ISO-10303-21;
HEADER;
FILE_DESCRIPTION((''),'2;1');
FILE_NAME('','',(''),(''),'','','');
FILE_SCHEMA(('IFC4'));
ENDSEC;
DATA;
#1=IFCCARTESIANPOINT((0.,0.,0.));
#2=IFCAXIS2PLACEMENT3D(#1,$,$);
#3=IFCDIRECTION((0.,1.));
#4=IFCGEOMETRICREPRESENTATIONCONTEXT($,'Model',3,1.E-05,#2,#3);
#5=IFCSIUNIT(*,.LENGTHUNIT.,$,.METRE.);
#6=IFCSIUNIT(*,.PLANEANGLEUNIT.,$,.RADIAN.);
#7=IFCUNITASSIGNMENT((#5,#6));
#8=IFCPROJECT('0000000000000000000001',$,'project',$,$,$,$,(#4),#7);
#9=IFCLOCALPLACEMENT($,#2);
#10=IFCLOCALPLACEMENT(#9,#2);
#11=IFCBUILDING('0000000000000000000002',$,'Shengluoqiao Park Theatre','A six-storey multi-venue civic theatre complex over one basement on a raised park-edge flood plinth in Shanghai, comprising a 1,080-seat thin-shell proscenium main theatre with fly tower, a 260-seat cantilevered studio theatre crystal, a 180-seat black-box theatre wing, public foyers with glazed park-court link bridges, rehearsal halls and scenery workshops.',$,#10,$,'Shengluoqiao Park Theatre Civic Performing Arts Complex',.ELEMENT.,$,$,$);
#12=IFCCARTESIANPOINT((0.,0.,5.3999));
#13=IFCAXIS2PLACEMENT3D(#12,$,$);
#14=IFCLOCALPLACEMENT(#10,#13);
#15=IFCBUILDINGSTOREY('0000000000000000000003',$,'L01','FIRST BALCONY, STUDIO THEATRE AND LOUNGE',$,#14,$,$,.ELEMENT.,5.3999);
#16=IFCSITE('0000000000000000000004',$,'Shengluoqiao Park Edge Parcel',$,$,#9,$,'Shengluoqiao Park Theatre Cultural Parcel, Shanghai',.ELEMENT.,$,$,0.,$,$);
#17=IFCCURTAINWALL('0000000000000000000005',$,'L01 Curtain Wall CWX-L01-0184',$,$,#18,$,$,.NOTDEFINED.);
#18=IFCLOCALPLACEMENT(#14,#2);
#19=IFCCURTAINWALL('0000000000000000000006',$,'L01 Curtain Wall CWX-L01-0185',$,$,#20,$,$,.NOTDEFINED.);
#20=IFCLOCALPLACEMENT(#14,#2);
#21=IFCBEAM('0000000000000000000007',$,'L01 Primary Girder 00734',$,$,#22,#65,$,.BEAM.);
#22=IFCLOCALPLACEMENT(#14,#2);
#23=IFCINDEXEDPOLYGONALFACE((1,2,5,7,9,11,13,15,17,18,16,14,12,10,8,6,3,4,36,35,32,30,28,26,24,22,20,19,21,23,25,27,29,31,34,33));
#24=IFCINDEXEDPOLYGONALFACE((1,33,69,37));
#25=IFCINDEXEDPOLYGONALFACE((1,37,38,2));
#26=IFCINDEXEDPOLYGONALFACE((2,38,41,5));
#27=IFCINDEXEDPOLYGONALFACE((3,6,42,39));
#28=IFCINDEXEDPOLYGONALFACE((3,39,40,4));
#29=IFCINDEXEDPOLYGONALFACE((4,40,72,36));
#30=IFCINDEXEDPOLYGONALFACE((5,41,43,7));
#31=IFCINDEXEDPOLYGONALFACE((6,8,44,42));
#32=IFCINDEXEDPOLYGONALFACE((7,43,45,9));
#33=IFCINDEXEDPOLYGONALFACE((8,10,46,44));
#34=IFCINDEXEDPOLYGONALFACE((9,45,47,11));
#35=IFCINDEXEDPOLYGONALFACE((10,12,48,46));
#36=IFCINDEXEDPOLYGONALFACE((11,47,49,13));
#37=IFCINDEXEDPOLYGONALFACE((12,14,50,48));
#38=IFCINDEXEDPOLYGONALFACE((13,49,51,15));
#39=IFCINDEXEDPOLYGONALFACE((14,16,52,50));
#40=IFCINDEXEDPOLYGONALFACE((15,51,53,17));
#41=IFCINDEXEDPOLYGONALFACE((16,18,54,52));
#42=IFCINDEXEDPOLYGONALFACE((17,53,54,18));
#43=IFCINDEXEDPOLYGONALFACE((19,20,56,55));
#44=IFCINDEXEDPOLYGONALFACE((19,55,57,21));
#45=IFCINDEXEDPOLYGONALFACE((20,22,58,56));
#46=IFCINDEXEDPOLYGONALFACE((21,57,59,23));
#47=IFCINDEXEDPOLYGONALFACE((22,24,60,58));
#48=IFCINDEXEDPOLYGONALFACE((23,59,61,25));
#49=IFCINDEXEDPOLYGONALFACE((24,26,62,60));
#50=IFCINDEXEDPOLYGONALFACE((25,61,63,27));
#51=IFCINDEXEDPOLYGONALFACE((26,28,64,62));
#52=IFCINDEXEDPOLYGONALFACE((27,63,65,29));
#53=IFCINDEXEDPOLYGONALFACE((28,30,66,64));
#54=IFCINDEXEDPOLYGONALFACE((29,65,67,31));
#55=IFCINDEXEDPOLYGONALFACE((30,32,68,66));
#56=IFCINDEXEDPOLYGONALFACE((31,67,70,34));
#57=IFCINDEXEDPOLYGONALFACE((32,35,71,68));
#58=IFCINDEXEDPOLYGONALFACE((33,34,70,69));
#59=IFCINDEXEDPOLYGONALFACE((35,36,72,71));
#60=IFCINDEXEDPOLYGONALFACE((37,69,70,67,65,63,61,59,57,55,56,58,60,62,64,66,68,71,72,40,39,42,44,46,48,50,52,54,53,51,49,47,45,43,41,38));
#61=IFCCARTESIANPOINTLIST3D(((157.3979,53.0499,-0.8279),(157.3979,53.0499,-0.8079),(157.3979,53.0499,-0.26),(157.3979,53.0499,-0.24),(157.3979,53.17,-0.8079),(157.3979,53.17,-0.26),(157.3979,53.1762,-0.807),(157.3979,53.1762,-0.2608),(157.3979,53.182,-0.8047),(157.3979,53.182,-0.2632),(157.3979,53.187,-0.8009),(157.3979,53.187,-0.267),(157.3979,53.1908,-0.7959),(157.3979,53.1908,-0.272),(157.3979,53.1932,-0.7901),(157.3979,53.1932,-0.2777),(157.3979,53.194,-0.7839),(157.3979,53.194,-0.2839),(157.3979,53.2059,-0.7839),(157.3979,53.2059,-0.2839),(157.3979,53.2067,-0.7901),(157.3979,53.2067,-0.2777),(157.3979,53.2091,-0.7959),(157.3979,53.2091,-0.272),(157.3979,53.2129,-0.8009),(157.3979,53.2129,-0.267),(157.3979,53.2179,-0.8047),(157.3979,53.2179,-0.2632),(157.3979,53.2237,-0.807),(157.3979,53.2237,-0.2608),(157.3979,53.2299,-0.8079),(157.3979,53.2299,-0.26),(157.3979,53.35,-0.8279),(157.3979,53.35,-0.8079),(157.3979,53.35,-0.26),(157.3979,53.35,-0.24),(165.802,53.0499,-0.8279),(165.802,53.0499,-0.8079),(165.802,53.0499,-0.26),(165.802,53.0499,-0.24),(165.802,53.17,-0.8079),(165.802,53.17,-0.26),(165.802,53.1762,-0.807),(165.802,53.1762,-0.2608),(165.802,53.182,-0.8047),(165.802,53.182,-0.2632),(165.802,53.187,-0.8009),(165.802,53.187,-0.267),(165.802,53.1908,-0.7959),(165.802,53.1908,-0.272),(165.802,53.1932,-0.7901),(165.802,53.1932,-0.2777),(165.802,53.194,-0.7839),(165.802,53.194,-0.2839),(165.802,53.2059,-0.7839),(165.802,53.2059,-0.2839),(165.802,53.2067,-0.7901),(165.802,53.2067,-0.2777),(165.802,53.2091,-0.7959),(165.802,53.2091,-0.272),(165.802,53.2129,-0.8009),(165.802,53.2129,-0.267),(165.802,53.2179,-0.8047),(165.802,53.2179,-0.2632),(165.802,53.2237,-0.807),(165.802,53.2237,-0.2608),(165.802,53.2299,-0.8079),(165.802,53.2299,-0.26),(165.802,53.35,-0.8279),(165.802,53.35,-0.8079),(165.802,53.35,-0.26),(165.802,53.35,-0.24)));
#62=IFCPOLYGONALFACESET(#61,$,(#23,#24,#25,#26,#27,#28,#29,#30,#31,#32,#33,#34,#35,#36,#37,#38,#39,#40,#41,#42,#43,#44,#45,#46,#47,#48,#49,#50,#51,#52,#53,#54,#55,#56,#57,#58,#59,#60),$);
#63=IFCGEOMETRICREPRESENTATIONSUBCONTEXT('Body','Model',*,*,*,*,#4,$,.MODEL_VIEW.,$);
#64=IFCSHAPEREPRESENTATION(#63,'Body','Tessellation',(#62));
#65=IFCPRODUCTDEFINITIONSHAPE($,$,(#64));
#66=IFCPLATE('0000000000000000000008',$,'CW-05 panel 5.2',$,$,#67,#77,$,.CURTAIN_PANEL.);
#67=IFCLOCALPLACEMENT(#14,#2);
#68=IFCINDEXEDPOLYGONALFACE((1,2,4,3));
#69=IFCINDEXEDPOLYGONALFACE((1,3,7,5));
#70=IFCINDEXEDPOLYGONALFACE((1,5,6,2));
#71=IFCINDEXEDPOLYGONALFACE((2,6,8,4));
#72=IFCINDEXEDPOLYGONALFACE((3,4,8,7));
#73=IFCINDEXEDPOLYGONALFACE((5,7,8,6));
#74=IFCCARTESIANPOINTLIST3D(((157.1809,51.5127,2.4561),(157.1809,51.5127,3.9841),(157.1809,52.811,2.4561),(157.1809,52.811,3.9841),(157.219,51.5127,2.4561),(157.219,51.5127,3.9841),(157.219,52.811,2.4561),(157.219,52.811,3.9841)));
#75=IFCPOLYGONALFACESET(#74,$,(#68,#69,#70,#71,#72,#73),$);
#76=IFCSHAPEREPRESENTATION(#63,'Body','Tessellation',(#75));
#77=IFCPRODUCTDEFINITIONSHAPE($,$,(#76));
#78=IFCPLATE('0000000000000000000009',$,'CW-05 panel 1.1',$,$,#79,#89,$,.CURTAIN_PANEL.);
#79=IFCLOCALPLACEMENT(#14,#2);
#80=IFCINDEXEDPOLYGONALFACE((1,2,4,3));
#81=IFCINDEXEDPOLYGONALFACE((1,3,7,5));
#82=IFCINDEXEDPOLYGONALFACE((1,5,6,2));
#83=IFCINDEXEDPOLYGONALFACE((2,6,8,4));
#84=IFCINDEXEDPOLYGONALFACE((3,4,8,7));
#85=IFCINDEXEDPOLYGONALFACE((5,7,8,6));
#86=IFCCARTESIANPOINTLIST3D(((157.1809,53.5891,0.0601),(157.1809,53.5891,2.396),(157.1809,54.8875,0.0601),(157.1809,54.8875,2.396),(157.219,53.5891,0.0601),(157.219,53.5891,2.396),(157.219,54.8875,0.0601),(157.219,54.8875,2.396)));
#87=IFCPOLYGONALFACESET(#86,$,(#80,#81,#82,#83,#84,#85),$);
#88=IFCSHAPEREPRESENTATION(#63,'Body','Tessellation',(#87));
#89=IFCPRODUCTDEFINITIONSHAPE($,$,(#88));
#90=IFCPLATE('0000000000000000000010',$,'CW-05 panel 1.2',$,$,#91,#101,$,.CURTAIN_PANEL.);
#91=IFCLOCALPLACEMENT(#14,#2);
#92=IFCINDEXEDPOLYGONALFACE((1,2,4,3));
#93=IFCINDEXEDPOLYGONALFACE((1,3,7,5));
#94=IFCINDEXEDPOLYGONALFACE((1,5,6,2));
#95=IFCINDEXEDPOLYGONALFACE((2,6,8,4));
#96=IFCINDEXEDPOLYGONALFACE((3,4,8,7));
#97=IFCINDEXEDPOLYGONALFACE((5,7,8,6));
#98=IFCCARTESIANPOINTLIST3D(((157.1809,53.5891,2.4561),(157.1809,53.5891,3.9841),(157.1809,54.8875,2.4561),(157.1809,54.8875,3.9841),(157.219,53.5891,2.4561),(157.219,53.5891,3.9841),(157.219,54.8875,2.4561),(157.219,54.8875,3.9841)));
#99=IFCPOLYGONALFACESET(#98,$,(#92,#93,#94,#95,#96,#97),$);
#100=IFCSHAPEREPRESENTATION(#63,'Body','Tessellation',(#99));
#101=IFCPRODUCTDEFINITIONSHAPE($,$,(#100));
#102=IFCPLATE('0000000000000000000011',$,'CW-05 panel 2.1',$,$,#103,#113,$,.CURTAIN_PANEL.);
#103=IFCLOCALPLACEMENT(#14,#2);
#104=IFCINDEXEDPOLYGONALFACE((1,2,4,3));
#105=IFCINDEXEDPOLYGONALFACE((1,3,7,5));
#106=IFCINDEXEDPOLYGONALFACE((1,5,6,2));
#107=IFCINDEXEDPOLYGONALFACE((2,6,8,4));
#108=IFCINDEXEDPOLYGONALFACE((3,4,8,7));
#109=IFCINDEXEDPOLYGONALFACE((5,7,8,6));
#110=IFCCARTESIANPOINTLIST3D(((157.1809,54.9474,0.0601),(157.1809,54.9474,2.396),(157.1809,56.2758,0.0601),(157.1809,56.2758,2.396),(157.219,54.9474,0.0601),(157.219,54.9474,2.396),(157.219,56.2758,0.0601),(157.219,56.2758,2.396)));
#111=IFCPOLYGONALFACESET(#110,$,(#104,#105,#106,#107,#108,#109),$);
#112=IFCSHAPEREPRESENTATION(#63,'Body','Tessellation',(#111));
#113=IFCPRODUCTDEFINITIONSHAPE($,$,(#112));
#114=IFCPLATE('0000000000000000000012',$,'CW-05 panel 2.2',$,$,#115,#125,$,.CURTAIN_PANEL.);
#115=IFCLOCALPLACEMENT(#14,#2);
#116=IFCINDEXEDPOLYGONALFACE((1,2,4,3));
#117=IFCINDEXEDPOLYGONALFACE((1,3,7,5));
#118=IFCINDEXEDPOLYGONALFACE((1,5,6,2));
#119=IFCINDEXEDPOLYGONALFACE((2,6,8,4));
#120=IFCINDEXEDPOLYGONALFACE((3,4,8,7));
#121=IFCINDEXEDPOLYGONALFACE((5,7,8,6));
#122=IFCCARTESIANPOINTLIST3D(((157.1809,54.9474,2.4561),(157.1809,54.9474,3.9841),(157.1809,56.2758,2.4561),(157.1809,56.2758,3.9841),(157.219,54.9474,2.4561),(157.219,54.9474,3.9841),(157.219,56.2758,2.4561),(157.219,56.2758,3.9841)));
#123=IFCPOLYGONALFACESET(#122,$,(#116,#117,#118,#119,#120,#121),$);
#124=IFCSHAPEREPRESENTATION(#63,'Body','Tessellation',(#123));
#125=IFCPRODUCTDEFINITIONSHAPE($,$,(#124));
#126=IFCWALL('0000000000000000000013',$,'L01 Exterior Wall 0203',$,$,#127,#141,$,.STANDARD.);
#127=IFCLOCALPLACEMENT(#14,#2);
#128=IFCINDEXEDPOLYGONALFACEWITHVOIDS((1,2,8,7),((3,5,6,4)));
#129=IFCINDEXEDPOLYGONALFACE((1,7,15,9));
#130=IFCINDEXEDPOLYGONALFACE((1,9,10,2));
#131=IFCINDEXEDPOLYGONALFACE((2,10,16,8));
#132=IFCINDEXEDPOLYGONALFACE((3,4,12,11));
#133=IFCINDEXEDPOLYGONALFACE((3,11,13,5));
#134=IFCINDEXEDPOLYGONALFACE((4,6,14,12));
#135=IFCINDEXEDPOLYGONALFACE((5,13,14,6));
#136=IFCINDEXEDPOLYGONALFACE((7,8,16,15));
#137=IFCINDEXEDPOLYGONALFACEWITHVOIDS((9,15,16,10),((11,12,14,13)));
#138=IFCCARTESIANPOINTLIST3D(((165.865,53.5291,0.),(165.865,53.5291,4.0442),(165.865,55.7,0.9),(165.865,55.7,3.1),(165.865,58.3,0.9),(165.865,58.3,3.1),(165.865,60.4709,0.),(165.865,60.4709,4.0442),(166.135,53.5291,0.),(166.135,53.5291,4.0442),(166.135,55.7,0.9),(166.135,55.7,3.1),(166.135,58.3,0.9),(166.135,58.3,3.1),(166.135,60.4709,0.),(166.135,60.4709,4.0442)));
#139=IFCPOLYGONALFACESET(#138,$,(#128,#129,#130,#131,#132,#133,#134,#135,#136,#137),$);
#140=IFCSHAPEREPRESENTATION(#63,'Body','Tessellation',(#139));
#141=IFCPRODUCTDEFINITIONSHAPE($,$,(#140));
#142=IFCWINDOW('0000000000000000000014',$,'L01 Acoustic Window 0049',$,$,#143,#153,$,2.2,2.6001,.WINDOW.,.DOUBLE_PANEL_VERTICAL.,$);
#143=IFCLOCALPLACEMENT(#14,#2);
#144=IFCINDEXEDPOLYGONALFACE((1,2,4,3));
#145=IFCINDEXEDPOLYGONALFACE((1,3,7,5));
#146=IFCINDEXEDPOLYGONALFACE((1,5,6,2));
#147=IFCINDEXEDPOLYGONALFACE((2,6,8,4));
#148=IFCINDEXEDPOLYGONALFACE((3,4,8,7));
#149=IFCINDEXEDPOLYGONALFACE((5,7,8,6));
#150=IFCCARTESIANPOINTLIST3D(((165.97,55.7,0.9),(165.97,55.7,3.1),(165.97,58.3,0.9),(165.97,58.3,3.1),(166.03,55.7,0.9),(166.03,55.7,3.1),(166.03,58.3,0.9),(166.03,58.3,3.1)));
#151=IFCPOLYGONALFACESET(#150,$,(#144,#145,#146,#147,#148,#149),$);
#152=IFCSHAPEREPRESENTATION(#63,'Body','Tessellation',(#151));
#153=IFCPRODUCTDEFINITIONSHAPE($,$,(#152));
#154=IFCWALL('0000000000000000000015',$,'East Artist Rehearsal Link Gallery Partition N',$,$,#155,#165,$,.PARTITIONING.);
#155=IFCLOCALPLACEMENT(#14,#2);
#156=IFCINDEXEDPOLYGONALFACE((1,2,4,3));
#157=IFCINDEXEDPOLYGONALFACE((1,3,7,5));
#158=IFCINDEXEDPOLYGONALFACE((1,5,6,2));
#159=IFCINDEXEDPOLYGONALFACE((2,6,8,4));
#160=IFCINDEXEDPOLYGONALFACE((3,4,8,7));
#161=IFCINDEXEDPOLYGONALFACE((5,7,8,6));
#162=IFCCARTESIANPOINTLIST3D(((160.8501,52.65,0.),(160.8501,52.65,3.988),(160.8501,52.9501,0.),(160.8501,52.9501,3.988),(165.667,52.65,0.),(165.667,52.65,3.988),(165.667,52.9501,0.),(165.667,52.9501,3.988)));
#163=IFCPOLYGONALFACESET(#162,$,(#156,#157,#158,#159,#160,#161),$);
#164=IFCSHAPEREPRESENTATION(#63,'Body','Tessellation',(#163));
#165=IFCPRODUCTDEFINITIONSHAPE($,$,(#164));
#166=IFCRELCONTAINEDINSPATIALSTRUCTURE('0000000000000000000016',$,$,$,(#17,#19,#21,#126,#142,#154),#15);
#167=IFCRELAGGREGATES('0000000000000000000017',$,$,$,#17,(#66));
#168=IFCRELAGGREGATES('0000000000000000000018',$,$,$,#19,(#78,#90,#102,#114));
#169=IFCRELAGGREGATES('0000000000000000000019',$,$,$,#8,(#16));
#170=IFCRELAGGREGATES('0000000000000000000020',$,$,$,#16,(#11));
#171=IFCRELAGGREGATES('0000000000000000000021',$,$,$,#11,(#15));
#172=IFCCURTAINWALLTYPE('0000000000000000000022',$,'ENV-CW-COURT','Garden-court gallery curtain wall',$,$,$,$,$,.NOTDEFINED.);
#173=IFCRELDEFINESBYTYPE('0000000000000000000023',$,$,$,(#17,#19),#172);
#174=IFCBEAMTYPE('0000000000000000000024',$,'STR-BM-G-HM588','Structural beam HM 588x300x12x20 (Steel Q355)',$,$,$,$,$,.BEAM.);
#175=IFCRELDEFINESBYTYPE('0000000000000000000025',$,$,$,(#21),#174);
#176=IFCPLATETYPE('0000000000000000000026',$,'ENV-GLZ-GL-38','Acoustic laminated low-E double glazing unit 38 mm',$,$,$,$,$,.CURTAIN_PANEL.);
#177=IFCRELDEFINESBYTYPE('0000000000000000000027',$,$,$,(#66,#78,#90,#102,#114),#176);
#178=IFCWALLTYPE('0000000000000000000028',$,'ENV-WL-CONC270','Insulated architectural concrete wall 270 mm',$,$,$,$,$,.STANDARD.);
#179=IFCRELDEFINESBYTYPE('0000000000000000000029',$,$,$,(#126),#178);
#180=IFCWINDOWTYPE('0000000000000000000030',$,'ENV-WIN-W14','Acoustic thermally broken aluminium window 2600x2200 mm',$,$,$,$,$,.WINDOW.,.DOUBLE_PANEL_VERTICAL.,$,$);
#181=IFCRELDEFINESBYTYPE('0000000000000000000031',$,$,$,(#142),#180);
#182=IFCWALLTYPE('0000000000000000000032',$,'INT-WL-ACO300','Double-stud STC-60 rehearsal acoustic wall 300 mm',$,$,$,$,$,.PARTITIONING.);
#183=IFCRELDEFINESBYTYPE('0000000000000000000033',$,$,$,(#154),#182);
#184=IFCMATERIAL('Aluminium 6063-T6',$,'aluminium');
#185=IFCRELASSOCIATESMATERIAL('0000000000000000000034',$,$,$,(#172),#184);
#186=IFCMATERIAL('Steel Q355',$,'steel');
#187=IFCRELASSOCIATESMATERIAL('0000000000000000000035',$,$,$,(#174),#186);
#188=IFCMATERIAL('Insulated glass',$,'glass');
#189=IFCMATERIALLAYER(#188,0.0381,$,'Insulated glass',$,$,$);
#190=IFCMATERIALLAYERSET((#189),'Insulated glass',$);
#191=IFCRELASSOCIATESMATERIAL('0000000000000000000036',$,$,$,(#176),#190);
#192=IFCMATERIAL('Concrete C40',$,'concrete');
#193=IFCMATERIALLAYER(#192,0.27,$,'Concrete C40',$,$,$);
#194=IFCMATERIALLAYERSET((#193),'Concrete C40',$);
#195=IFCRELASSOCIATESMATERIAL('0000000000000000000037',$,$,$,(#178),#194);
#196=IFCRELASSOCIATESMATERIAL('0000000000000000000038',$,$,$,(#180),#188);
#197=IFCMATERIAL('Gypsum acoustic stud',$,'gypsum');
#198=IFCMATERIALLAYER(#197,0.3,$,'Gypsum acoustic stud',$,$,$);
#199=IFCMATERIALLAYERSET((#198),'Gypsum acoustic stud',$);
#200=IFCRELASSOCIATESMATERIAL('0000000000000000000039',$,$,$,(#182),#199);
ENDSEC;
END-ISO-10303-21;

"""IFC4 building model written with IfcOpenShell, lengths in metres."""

from ifc_helpers import new_model, si_unit, direction, frame, frame_2d, origin, origin_2d, place, context, subcontext, project, spatial, rectangle, i_section, extrude, material, layer, layer_set, material_profile, profile_set, type_object, element, fill, aggregate, save


model = new_model("IFC4")

# Units and contexts
model_context = context("Model", 3, precision=1e-05, world=origin(), true_north=direction((0.0, 1.0)))
body_context = subcontext(model_context, "Body", "Model", "MODEL_VIEW")
ifc_project = project(units=[si_unit("LENGTHUNIT", "METRE"), si_unit("PLANEANGLEUNIT", "RADIAN")], contexts=[model_context])

# Site, building, storey
site_placement = place(None, origin())
site = spatial("IfcSite", under=ifc_project, at=site_placement, Name="Shengluoqiao Park Edge Parcel", LongName="Shengluoqiao Park Theatre Cultural Parcel, Shanghai", CompositionType="ELEMENT", RefElevation=0.0)
building_placement = place(site_placement, origin())
building = spatial("IfcBuilding", under=site, at=building_placement, Name="Shengluoqiao Park Theatre", Description="A six-storey multi-venue civic theatre complex over one basement on a raised park-edge flood plinth in Shanghai, comprising a 1,080-seat thin-shell proscenium main theatre with fly tower, a 260-seat cantilevered studio theatre crystal, a 180-seat black-box theatre wing, public foyers with glazed park-court link bridges, rehearsal halls and scenery workshops.", LongName="Shengluoqiao Park Theatre Civic Performing Arts Complex", CompositionType="ELEMENT")
storey_placement = place(building_placement, frame((0.0, 0.0, 5.3999)))
storey = spatial("IfcBuildingStorey", under=building, at=storey_placement, Name="L01", Description="FIRST BALCONY, STUDIO THEATRE AND LOUNGE", CompositionType="ELEMENT", Elevation=5.3999)

# Shared definitions
ifc_material_1 = material(Name="Concrete C40", Category="concrete")

# Curtain wall
ifc_material_2 = material(Name="Aluminium 6063-T6", Category="aluminium")
curtain_wall_type = type_object("IfcCurtainWallType", Name="ENV-CW-COURT", Description="Garden-court gallery curtain wall", PredefinedType="NOTDEFINED", material=ifc_material_2)
curtain_wall_1_placement = place(storey_placement, origin())
curtain_wall_1 = element("IfcCurtainWall", 1, at=curtain_wall_1_placement, inside=storey, type_object=curtain_wall_type, Name="L01 Curtain Wall CWX-L01-0184", PredefinedType="NOTDEFINED")

# Curtain wall
curtain_wall_2_placement = place(storey_placement, origin())
curtain_wall_2 = element("IfcCurtainWall", 2, at=curtain_wall_2_placement, inside=storey, type_object=curtain_wall_type, Name="L01 Curtain Wall CWX-L01-0185", PredefinedType="NOTDEFINED")

# Beam
ifc_material_3 = material(Name="Steel Q355", Category="steel")
ifc_material_profile_1 = material_profile(ifc_material_3, i_section(OverallWidth=0.3, OverallDepth=0.5879, WebThickness=0.012, FlangeThickness=0.02, FilletRadius=0.0239, at=origin_2d()), Name="HM 588x300x12x20")
ifc_profile_set_1 = profile_set([ifc_material_profile_1], Name="Steel Q355")
beam_type_1 = type_object("IfcBeamType", Name="STR-BM-G-HM588", Description="Structural beam HM 588x300x12x20 (Steel Q355)", PredefinedType="BEAM", material=ifc_profile_set_1)
beam_1_placement = place(storey_placement, frame((157.3979, 53.2, -0.5339), z_axis=(1.0, 0.0, 0.0), x_axis=(0.0, 1.0, 0.0)))
element("IfcBeam", 3, at=beam_1_placement, inside=storey, type_object=beam_type_1, Name="L01 Primary Girder 00734", PredefinedType="BEAM", context=body_context, shape_type="SweptSolid", body=[
    extrude(i_section(OverallWidth=0.3, OverallDepth=0.5879, WebThickness=0.012, FlangeThickness=0.02, FilletRadius=0.0239, at=origin_2d()), origin(), (0.0, 0.0, 1.0), 8.4041),
])

# Plates
ifc_material_4 = material(Name="Insulated glass", Category="glass")
ifc_layer_1 = layer(ifc_material_4, 0.0381, Name="Insulated glass")
ifc_layer_set_1 = layer_set([ifc_layer_1], Name="Insulated glass")
plate_type = type_object("IfcPlateType", Name="ENV-GLZ-GL-38", Description="Acoustic laminated low-E double glazing unit 38 mm", PredefinedType="CURTAIN_PANEL", material=ifc_layer_set_1)
plate_1_placement = place(storey_placement, frame((157.2, 52.1619, 2.4561), z_axis=(0.0, 0.0, 1.0), x_axis=(0.0, 1.0, 0.0)))
plate_1 = element("IfcPlate", 4, at=plate_1_placement, type_object=plate_type, Name="CW-05 panel 5.2", PredefinedType="CURTAIN_PANEL", context=body_context, shape_type="SweptSolid", body=[
    extrude(rectangle(XDim=1.2983, YDim=0.0381, at=origin_2d()), origin(), (0.0, 0.0, 1.0), 1.5281),
])
aggregate(curtain_wall_1, [plate_1])
plate_2_placement = place(storey_placement, frame((157.2, 54.2383, 0.0601), z_axis=(0.0, 0.0, 1.0), x_axis=(0.0, 1.0, 0.0)))
plate_2 = element("IfcPlate", 5, at=plate_2_placement, type_object=plate_type, Name="CW-05 panel 1.1", PredefinedType="CURTAIN_PANEL", context=body_context, shape_type="SweptSolid", body=[
    extrude(rectangle(XDim=1.2983, YDim=0.0381, at=origin_2d()), origin(), (0.0, 0.0, 1.0), 2.3359),
])
plate_3_placement = place(storey_placement, frame((157.2, 54.2383, 2.4561), z_axis=(0.0, 0.0, 1.0), x_axis=(0.0, 1.0, 0.0)))
plate_3 = element("IfcPlate", 6, at=plate_3_placement, type_object=plate_type, Name="CW-05 panel 1.2", PredefinedType="CURTAIN_PANEL", context=body_context, shape_type="SweptSolid", body=[
    extrude(rectangle(XDim=1.2983, YDim=0.0381, at=origin_2d()), origin(), (0.0, 0.0, 1.0), 1.5281),
])
plate_4_placement = place(storey_placement, frame((157.2, 55.6116, 0.0601), z_axis=(0.0, 0.0, 1.0), x_axis=(0.0, 1.0, 0.0)))
plate_4 = element("IfcPlate", 7, at=plate_4_placement, type_object=plate_type, Name="CW-05 panel 2.1", PredefinedType="CURTAIN_PANEL", context=body_context, shape_type="SweptSolid", body=[
    extrude(rectangle(XDim=1.3284, YDim=0.0381, at=origin_2d()), origin(), (0.0, 0.0, 1.0), 2.3359),
])
plate_5_placement = place(storey_placement, frame((157.2, 55.6116, 2.4561), z_axis=(0.0, 0.0, 1.0), x_axis=(0.0, 1.0, 0.0)))
plate_5 = element("IfcPlate", 8, at=plate_5_placement, type_object=plate_type, Name="CW-05 panel 2.2", PredefinedType="CURTAIN_PANEL", context=body_context, shape_type="SweptSolid", body=[
    extrude(rectangle(XDim=1.3284, YDim=0.0381, at=origin_2d()), origin(), (0.0, 0.0, 1.0), 1.5281),
])
aggregate(curtain_wall_2, [plate_2, plate_3, plate_4, plate_5])

# Wall, opening, window
ifc_layer_2 = layer(ifc_material_1, 0.27, Name="Concrete C40")
ifc_layer_set_2 = layer_set([ifc_layer_2], Name="Concrete C40")
wall_type_1 = type_object("IfcWallType", Name="ENV-WL-CONC270", Description="Insulated architectural concrete wall 270 mm", PredefinedType="STANDARD", material=ifc_layer_set_2)
wall_1_placement = place(storey_placement, frame((166.0, 53.5291, 0.0), z_axis=(0.0, 0.0, 1.0), x_axis=(0.0, 1.0, 0.0)))
wall_1 = element("IfcWall", 9, at=wall_1_placement, inside=storey, type_object=wall_type_1, Name="L01 Exterior Wall 0203", PredefinedType="STANDARD", context=body_context, shape_type="SweptSolid", body=[
    extrude(rectangle(XDim=6.9419, YDim=0.27, at=frame_2d((3.4709, 0.0))), origin(), (0.0, 0.0, 1.0), 4.0442),
])
opening_1_placement = place(wall_1_placement, frame((2.1709, 0.0, 0.8999)))
opening_1 = element("IfcOpeningElement", 10, at=opening_1_placement, cuts=wall_1, PredefinedType="OPENING", context=body_context, shape_type="SweptSolid", body=[
    extrude(rectangle(XDim=2.6001, YDim=2.2, at=frame_2d((1.3, 1.1001))), frame((0.0, 0.145, 0.0), z_axis=(0.0, -1.0, 0.0), x_axis=(1.0, 0.0, 0.0)), (0.0, 0.0, 1.0), 0.29),
])
window_type = type_object("IfcWindowType", Name="ENV-WIN-W14", Description="Acoustic thermally broken aluminium window 2600x2200 mm", PartitioningType="DOUBLE_PANEL_VERTICAL", PredefinedType="WINDOW", material=ifc_material_4)
window_placement = place(opening_1_placement, origin())
window = element("IfcWindow", 11, at=window_placement, inside=storey, type_object=window_type, Name="L01 Acoustic Window 0049", OverallHeight=2.2, OverallWidth=2.6001, PartitioningType="DOUBLE_PANEL_VERTICAL", PredefinedType="WINDOW", context=body_context, shape_type="SweptSolid", body=[
    extrude(rectangle(XDim=2.6001, YDim=2.2, at=frame_2d((1.3, 1.1001))), frame((0.0, 0.03, 0.0), z_axis=(0.0, -1.0, 0.0), x_axis=(1.0, 0.0, 0.0)), (0.0, 0.0, 1.0), 0.0601),
])
fill(opening_1, window)

# Wall
ifc_material_5 = material(Name="Gypsum acoustic stud", Category="gypsum")
ifc_layer_3 = layer(ifc_material_5, 0.3, Name="Gypsum acoustic stud")
ifc_layer_set_3 = layer_set([ifc_layer_3], Name="Gypsum acoustic stud")
wall_type_2 = type_object("IfcWallType", Name="INT-WL-ACO300", Description="Double-stud STC-60 rehearsal acoustic wall 300 mm", PredefinedType="PARTITIONING", material=ifc_layer_set_3)
wall_2_placement = place(storey_placement, frame((160.8501, 52.8, 0.0), z_axis=(0.0, 0.0, 1.0), x_axis=(1.0, 0.0, 0.0)))
element("IfcWall", 12, at=wall_2_placement, inside=storey, type_object=wall_type_2, Name="East Artist Rehearsal Link Gallery Partition N", PredefinedType="PARTITIONING", context=body_context, shape_type="SweptSolid", body=[
    extrude(rectangle(XDim=4.8169, YDim=0.3, at=frame_2d((2.4084, 0.0))), origin(), (0.0, 0.0, 1.0), 3.988),
])

save(model, "model.ifc")
